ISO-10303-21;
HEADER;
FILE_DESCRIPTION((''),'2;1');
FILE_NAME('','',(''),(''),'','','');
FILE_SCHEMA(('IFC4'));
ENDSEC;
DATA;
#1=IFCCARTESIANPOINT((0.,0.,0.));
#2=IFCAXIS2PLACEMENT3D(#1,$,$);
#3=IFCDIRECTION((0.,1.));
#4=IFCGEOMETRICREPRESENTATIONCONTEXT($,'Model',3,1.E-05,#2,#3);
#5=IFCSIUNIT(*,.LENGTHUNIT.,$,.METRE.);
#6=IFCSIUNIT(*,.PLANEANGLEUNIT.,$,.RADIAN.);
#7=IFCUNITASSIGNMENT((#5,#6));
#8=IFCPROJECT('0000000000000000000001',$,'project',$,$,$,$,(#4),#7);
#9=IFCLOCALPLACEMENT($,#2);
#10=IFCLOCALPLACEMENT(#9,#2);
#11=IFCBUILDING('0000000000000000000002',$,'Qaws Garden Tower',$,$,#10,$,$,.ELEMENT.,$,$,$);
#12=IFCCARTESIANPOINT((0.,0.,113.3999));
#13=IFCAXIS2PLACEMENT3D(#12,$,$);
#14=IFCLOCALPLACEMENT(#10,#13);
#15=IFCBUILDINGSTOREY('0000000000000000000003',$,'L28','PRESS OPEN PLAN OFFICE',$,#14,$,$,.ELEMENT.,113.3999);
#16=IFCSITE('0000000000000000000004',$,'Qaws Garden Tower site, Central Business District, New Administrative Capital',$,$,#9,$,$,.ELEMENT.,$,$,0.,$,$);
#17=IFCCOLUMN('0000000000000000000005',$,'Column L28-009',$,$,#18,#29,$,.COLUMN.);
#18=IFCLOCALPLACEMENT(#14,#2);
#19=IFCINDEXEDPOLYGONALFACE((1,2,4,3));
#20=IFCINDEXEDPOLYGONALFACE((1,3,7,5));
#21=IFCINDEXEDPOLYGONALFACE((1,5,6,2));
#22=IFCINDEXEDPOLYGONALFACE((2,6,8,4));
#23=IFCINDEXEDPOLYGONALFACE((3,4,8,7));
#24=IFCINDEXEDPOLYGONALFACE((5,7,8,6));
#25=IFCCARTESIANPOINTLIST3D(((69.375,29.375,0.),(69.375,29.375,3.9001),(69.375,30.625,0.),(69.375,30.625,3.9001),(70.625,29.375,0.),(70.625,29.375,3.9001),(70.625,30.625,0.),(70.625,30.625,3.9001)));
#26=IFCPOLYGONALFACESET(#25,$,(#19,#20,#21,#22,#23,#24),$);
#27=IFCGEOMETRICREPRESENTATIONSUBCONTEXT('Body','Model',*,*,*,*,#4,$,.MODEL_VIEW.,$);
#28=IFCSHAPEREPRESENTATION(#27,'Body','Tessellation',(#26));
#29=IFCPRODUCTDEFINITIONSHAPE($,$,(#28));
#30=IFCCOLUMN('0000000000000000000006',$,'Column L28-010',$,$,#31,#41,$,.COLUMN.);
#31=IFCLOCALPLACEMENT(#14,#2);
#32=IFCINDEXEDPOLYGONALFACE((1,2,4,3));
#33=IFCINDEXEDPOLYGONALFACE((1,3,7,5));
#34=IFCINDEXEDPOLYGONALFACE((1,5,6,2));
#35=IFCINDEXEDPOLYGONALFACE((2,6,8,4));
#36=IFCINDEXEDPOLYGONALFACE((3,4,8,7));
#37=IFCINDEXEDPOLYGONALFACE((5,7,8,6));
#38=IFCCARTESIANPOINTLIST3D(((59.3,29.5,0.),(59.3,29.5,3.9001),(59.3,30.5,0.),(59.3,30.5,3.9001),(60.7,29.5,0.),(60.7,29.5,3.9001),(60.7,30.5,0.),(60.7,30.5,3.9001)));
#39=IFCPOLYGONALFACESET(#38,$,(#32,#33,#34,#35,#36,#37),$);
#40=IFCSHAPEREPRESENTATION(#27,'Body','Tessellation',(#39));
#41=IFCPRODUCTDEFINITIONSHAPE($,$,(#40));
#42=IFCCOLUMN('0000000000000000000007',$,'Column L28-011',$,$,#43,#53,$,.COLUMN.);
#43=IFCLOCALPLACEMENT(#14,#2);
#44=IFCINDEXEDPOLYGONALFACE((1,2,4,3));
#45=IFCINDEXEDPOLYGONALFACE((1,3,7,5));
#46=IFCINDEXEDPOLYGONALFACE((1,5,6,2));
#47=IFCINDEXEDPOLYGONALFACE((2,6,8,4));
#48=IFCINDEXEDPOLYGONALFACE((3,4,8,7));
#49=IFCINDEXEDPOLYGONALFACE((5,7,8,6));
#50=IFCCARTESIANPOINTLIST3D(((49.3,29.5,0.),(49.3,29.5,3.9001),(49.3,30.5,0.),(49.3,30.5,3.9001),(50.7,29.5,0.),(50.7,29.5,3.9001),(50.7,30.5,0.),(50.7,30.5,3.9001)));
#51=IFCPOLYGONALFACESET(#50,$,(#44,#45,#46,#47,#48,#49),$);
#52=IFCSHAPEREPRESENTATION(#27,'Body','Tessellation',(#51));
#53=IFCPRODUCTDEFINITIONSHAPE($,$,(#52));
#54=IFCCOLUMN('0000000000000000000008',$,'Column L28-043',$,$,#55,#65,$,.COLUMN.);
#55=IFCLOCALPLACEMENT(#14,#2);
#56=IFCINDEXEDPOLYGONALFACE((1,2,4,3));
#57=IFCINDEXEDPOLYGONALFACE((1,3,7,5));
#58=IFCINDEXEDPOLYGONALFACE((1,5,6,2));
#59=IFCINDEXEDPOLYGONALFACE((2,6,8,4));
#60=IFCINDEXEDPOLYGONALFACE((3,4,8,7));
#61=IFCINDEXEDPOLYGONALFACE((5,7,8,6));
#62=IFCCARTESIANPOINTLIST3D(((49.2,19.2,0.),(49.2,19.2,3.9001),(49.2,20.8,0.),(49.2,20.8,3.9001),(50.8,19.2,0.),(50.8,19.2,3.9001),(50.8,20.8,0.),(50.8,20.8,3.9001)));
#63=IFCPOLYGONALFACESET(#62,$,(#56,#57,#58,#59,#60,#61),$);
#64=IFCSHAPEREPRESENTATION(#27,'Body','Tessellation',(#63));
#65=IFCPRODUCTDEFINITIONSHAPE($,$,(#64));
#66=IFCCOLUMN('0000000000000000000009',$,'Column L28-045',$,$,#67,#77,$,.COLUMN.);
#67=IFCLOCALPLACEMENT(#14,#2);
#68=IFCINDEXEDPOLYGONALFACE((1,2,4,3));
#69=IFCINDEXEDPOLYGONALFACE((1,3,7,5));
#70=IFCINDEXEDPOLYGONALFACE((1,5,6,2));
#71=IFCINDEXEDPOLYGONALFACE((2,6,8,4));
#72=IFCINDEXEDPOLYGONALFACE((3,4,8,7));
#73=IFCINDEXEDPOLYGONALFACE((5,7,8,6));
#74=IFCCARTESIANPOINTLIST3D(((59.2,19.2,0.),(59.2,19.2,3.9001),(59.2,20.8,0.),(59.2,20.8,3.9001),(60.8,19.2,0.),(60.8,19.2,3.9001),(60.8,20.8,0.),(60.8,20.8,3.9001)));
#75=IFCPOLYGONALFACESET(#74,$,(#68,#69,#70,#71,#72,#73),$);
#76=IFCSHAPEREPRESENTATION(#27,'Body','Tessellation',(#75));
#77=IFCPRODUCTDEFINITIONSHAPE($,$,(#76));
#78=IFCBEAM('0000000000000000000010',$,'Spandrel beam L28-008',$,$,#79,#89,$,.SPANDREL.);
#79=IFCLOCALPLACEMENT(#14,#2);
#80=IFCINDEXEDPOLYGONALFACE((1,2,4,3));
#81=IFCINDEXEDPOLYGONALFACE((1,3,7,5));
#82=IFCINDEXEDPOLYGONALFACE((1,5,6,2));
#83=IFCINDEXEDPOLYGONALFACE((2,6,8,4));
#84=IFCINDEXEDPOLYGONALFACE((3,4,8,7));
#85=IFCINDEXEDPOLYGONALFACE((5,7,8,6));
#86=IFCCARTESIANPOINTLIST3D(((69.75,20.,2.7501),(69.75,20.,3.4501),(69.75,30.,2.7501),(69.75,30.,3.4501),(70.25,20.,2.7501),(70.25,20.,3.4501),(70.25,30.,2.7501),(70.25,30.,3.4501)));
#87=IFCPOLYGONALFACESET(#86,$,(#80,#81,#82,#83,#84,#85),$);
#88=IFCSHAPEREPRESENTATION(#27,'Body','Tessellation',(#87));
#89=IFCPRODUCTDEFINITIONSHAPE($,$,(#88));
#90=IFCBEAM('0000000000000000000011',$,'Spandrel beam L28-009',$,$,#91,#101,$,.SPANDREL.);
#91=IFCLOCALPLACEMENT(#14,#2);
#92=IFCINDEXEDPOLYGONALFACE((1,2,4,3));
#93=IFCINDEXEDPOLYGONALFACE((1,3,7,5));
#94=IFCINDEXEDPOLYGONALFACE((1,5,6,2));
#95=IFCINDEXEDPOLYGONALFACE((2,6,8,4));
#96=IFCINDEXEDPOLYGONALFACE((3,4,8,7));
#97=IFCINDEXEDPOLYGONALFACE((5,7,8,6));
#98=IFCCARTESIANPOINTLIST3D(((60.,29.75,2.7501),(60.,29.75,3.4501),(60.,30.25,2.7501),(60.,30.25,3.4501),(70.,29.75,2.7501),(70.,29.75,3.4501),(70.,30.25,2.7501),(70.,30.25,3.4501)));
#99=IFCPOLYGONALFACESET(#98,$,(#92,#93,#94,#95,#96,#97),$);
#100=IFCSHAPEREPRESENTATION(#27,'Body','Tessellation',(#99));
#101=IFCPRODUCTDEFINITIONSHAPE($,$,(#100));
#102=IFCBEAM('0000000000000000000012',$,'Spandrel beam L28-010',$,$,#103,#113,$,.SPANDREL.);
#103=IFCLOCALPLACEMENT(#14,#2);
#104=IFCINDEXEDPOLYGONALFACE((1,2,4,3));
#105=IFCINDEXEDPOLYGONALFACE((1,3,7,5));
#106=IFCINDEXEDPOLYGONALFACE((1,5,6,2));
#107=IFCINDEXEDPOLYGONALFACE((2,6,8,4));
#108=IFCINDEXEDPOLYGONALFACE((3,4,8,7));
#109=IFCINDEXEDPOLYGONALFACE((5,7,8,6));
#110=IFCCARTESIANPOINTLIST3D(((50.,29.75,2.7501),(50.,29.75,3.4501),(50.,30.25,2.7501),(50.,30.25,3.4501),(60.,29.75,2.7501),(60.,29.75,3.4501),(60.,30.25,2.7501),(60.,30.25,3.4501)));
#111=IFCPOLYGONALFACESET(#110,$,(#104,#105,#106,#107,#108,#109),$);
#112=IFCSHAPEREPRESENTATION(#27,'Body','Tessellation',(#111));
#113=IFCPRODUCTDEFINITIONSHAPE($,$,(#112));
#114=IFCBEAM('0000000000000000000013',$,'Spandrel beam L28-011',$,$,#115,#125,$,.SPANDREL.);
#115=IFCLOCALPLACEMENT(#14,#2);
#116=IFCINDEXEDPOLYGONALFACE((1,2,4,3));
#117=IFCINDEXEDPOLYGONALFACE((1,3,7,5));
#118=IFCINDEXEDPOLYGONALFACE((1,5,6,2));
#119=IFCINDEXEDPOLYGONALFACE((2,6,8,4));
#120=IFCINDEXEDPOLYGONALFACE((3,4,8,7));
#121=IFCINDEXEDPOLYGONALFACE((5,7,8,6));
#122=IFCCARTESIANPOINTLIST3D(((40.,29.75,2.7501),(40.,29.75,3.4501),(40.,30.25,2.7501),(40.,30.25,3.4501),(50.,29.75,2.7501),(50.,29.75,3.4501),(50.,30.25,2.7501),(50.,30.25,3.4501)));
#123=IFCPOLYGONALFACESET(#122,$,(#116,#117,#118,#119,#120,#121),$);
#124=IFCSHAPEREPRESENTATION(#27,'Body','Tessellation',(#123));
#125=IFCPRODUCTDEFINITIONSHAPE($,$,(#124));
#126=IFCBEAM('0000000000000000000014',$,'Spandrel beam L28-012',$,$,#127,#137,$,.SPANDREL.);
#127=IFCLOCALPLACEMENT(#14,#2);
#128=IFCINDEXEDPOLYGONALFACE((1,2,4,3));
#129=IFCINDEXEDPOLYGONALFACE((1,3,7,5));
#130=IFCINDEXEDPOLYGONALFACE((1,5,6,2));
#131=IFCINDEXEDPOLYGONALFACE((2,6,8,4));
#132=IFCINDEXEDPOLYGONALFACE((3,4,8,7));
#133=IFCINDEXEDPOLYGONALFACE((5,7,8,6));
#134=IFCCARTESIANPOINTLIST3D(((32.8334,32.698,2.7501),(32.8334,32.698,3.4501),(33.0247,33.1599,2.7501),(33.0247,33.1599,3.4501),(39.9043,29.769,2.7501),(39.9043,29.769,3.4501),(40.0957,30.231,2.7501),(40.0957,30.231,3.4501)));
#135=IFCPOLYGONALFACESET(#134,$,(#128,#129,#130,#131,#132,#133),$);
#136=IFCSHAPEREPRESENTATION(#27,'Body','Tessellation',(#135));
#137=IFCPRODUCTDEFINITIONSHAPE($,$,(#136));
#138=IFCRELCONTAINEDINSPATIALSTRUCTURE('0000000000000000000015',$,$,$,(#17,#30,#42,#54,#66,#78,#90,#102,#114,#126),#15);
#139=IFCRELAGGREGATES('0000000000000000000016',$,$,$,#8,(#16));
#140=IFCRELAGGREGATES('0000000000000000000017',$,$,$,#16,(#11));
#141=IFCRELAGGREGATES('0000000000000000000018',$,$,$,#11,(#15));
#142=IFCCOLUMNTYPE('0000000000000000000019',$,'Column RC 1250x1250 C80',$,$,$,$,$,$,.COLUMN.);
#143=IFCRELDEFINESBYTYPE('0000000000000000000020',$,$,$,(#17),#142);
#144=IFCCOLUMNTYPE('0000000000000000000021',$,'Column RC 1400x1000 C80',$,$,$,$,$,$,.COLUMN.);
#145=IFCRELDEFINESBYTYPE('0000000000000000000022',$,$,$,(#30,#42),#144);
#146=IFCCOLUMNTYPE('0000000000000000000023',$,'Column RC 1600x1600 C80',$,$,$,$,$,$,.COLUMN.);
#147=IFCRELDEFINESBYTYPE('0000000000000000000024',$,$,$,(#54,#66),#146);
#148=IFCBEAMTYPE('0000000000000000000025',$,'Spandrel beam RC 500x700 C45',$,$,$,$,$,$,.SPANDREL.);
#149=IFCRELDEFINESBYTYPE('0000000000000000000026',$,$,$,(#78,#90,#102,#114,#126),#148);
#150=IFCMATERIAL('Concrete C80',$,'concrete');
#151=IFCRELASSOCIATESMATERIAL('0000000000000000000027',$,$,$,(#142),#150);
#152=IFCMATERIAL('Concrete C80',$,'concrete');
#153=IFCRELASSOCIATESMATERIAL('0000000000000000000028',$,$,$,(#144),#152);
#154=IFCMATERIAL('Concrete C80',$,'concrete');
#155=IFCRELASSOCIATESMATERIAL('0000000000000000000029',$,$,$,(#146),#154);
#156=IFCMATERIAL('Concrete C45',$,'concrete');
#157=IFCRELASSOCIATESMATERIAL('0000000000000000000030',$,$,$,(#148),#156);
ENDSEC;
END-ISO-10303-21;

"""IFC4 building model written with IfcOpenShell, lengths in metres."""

from ifc_helpers import new_model, si_unit, direction, frame, origin, origin_2d, place, context, subcontext, project, spatial, rectangle, extrude, material, material_profile, profile_set, type_object, element, save


model = new_model("IFC4")

# Units and contexts
model_context = context("Model", 3, precision=1e-05, world=origin(), true_north=direction((0.0, 1.0)))
body_context = subcontext(model_context, "Body", "Model", "MODEL_VIEW")
ifc_project = project(units=[si_unit("LENGTHUNIT", "METRE"), si_unit("PLANEANGLEUNIT", "RADIAN")], contexts=[model_context])

# Site, building, storey
site_placement = place(None, origin())
site = spatial("IfcSite", under=ifc_project, at=site_placement, Name="Qaws Garden Tower site, Central Business District, New Administrative Capital", CompositionType="ELEMENT", RefElevation=0.0)
building_placement = place(site_placement, origin())
building = spatial("IfcBuilding", under=site, at=building_placement, Name="Qaws Garden Tower", CompositionType="ELEMENT")
storey_placement = place(building_placement, frame((0.0, 0.0, 113.3999)))
storey = spatial("IfcBuildingStorey", under=building, at=storey_placement, Name="L28", Description="PRESS OPEN PLAN OFFICE", CompositionType="ELEMENT", Elevation=113.3999)

# Columns
ifc_material_1 = material(Name="Concrete C80", Category="concrete")
ifc_material_profile_1 = material_profile(ifc_material_1, rectangle(XDim=1.25, YDim=1.25, at=origin_2d()), Name="RC 1250x1250")
ifc_profile_set_1 = profile_set([ifc_material_profile_1], Name="Concrete C80")
column_type_1 = type_object("IfcColumnType", Name="Column RC 1250x1250 C80", PredefinedType="COLUMN", material=ifc_profile_set_1)
column_placement = place(storey_placement, frame((70.0, 30.0, 0.0), z_axis=(0.0, 0.0, 1.0), x_axis=(1.0, 0.0, 0.0)))
element("IfcColumn", 1, at=column_placement, inside=storey, type_object=column_type_1, Name="Column L28-009", PredefinedType="COLUMN", context=body_context, shape_type="SweptSolid", body=[
    extrude(rectangle(XDim=1.25, YDim=1.25, at=origin_2d()), origin(), (0.0, 0.0, 1.0), 3.9001),
])
ifc_material_2 = material(Name="Concrete C80", Category="concrete")
ifc_material_profile_2 = material_profile(ifc_material_2, rectangle(XDim=1.3999, YDim=1.0, at=origin_2d()), Name="RC 1400x1000")
ifc_profile_set_2 = profile_set([ifc_material_profile_2], Name="Concrete C80")
column_type_2 = type_object("IfcColumnType", Name="Column RC 1400x1000 C80", PredefinedType="COLUMN", material=ifc_profile_set_2)
for number, where, z_axis, x_axis, name in (
    (2, (60.0, 30.0, 0.0), (0.0, 0.0, 1.0), (1.0, 0.0, 0.0), "Column L28-010"),
    (3, (50.0, 30.0, 0.0), (0.0, 0.0, 1.0), (1.0, 0.0, 0.0), "Column L28-011"),
):
    element("IfcColumn", number, at=place(storey_placement, frame(where, z_axis=z_axis, x_axis=x_axis)), inside=storey, type_object=column_type_2, Name=name, PredefinedType="COLUMN", context=body_context, shape_type="SweptSolid", body=[
        extrude(rectangle(XDim=1.3999, YDim=1.0, at=origin_2d()), origin(), (0.0, 0.0, 1.0), 3.9001),
    ])
ifc_material_3 = material(Name="Concrete C80", Category="concrete")
ifc_material_profile_3 = material_profile(ifc_material_3, rectangle(XDim=1.6001, YDim=1.6001, at=origin_2d()), Name="RC 1600x1600")
ifc_profile_set_3 = profile_set([ifc_material_profile_3], Name="Concrete C80")
column_type_3 = type_object("IfcColumnType", Name="Column RC 1600x1600 C80", PredefinedType="COLUMN", material=ifc_profile_set_3)
for number, where, z_axis, x_axis, name in (
    (4, (50.0, 20.0, 0.0), (0.0, 0.0, 1.0), (1.0, 0.0, 0.0), "Column L28-043"),
    (5, (60.0, 20.0, 0.0), (0.0, 0.0, 1.0), (1.0, 0.0, 0.0), "Column L28-045"),
):
    element("IfcColumn", number, at=place(storey_placement, frame(where, z_axis=z_axis, x_axis=x_axis)), inside=storey, type_object=column_type_3, Name=name, PredefinedType="COLUMN", context=body_context, shape_type="SweptSolid", body=[
        extrude(rectangle(XDim=1.6001, YDim=1.6001, at=origin_2d()), origin(), (0.0, 0.0, 1.0), 3.9001),
    ])

# Beams
ifc_material_4 = material(Name="Concrete C45", Category="concrete")
ifc_material_profile_4 = material_profile(ifc_material_4, rectangle(XDim=0.5, YDim=0.7, at=origin_2d()), Name="RC 500x700")
ifc_profile_set_4 = profile_set([ifc_material_profile_4], Name="Concrete C45")
beam_type = type_object("IfcBeamType", Name="Spandrel beam RC 500x700 C45", PredefinedType="SPANDREL", material=ifc_profile_set_4)
for number, where, z_axis, x_axis, name in (
    (6, (70.0, 20.0, 3.1001), (0.0, 1.0, 0.0), (-1.0, 0.0, 0.0), "Spandrel beam L28-008"),
    (7, (70.0, 30.0, 3.1001), (-1.0, 0.0, 0.0), (0.0, -1.0, 0.0), "Spandrel beam L28-009"),
    (8, (60.0, 30.0, 3.1001), (-1.0, 0.0, 0.0), (0.0, -1.0, 0.0), "Spandrel beam L28-010"),
    (9, (50.0, 30.0, 3.1001), (-1.0, 0.0, 0.0), (0.0, -1.0, 0.0), "Spandrel beam L28-011"),
):
    element("IfcBeam", number, at=place(storey_placement, frame(where, z_axis=z_axis, x_axis=x_axis)), inside=storey, type_object=beam_type, Name=name, PredefinedType="SPANDREL", context=body_context, shape_type="SweptSolid", body=[
        extrude(rectangle(XDim=0.5, YDim=0.7, at=origin_2d()), origin(), (0.0, 0.0, 1.0), 10.0),
    ])
beam_placement = place(storey_placement, frame((40.0, 30.0, 3.1001), z_axis=(-0.923878, 0.382687, 0.0), x_axis=(-0.382687, -0.923878, 0.0)))
element("IfcBeam", 10, at=beam_placement, inside=storey, type_object=beam_type, Name="Spandrel beam L28-012", PredefinedType="SPANDREL", context=body_context, shape_type="SweptSolid", body=[
    extrude(rectangle(XDim=0.5, YDim=0.7, at=origin_2d()), origin(), (0.0, 0.0, 1.0), 7.6536),
])

save(model, "model.ifc")
